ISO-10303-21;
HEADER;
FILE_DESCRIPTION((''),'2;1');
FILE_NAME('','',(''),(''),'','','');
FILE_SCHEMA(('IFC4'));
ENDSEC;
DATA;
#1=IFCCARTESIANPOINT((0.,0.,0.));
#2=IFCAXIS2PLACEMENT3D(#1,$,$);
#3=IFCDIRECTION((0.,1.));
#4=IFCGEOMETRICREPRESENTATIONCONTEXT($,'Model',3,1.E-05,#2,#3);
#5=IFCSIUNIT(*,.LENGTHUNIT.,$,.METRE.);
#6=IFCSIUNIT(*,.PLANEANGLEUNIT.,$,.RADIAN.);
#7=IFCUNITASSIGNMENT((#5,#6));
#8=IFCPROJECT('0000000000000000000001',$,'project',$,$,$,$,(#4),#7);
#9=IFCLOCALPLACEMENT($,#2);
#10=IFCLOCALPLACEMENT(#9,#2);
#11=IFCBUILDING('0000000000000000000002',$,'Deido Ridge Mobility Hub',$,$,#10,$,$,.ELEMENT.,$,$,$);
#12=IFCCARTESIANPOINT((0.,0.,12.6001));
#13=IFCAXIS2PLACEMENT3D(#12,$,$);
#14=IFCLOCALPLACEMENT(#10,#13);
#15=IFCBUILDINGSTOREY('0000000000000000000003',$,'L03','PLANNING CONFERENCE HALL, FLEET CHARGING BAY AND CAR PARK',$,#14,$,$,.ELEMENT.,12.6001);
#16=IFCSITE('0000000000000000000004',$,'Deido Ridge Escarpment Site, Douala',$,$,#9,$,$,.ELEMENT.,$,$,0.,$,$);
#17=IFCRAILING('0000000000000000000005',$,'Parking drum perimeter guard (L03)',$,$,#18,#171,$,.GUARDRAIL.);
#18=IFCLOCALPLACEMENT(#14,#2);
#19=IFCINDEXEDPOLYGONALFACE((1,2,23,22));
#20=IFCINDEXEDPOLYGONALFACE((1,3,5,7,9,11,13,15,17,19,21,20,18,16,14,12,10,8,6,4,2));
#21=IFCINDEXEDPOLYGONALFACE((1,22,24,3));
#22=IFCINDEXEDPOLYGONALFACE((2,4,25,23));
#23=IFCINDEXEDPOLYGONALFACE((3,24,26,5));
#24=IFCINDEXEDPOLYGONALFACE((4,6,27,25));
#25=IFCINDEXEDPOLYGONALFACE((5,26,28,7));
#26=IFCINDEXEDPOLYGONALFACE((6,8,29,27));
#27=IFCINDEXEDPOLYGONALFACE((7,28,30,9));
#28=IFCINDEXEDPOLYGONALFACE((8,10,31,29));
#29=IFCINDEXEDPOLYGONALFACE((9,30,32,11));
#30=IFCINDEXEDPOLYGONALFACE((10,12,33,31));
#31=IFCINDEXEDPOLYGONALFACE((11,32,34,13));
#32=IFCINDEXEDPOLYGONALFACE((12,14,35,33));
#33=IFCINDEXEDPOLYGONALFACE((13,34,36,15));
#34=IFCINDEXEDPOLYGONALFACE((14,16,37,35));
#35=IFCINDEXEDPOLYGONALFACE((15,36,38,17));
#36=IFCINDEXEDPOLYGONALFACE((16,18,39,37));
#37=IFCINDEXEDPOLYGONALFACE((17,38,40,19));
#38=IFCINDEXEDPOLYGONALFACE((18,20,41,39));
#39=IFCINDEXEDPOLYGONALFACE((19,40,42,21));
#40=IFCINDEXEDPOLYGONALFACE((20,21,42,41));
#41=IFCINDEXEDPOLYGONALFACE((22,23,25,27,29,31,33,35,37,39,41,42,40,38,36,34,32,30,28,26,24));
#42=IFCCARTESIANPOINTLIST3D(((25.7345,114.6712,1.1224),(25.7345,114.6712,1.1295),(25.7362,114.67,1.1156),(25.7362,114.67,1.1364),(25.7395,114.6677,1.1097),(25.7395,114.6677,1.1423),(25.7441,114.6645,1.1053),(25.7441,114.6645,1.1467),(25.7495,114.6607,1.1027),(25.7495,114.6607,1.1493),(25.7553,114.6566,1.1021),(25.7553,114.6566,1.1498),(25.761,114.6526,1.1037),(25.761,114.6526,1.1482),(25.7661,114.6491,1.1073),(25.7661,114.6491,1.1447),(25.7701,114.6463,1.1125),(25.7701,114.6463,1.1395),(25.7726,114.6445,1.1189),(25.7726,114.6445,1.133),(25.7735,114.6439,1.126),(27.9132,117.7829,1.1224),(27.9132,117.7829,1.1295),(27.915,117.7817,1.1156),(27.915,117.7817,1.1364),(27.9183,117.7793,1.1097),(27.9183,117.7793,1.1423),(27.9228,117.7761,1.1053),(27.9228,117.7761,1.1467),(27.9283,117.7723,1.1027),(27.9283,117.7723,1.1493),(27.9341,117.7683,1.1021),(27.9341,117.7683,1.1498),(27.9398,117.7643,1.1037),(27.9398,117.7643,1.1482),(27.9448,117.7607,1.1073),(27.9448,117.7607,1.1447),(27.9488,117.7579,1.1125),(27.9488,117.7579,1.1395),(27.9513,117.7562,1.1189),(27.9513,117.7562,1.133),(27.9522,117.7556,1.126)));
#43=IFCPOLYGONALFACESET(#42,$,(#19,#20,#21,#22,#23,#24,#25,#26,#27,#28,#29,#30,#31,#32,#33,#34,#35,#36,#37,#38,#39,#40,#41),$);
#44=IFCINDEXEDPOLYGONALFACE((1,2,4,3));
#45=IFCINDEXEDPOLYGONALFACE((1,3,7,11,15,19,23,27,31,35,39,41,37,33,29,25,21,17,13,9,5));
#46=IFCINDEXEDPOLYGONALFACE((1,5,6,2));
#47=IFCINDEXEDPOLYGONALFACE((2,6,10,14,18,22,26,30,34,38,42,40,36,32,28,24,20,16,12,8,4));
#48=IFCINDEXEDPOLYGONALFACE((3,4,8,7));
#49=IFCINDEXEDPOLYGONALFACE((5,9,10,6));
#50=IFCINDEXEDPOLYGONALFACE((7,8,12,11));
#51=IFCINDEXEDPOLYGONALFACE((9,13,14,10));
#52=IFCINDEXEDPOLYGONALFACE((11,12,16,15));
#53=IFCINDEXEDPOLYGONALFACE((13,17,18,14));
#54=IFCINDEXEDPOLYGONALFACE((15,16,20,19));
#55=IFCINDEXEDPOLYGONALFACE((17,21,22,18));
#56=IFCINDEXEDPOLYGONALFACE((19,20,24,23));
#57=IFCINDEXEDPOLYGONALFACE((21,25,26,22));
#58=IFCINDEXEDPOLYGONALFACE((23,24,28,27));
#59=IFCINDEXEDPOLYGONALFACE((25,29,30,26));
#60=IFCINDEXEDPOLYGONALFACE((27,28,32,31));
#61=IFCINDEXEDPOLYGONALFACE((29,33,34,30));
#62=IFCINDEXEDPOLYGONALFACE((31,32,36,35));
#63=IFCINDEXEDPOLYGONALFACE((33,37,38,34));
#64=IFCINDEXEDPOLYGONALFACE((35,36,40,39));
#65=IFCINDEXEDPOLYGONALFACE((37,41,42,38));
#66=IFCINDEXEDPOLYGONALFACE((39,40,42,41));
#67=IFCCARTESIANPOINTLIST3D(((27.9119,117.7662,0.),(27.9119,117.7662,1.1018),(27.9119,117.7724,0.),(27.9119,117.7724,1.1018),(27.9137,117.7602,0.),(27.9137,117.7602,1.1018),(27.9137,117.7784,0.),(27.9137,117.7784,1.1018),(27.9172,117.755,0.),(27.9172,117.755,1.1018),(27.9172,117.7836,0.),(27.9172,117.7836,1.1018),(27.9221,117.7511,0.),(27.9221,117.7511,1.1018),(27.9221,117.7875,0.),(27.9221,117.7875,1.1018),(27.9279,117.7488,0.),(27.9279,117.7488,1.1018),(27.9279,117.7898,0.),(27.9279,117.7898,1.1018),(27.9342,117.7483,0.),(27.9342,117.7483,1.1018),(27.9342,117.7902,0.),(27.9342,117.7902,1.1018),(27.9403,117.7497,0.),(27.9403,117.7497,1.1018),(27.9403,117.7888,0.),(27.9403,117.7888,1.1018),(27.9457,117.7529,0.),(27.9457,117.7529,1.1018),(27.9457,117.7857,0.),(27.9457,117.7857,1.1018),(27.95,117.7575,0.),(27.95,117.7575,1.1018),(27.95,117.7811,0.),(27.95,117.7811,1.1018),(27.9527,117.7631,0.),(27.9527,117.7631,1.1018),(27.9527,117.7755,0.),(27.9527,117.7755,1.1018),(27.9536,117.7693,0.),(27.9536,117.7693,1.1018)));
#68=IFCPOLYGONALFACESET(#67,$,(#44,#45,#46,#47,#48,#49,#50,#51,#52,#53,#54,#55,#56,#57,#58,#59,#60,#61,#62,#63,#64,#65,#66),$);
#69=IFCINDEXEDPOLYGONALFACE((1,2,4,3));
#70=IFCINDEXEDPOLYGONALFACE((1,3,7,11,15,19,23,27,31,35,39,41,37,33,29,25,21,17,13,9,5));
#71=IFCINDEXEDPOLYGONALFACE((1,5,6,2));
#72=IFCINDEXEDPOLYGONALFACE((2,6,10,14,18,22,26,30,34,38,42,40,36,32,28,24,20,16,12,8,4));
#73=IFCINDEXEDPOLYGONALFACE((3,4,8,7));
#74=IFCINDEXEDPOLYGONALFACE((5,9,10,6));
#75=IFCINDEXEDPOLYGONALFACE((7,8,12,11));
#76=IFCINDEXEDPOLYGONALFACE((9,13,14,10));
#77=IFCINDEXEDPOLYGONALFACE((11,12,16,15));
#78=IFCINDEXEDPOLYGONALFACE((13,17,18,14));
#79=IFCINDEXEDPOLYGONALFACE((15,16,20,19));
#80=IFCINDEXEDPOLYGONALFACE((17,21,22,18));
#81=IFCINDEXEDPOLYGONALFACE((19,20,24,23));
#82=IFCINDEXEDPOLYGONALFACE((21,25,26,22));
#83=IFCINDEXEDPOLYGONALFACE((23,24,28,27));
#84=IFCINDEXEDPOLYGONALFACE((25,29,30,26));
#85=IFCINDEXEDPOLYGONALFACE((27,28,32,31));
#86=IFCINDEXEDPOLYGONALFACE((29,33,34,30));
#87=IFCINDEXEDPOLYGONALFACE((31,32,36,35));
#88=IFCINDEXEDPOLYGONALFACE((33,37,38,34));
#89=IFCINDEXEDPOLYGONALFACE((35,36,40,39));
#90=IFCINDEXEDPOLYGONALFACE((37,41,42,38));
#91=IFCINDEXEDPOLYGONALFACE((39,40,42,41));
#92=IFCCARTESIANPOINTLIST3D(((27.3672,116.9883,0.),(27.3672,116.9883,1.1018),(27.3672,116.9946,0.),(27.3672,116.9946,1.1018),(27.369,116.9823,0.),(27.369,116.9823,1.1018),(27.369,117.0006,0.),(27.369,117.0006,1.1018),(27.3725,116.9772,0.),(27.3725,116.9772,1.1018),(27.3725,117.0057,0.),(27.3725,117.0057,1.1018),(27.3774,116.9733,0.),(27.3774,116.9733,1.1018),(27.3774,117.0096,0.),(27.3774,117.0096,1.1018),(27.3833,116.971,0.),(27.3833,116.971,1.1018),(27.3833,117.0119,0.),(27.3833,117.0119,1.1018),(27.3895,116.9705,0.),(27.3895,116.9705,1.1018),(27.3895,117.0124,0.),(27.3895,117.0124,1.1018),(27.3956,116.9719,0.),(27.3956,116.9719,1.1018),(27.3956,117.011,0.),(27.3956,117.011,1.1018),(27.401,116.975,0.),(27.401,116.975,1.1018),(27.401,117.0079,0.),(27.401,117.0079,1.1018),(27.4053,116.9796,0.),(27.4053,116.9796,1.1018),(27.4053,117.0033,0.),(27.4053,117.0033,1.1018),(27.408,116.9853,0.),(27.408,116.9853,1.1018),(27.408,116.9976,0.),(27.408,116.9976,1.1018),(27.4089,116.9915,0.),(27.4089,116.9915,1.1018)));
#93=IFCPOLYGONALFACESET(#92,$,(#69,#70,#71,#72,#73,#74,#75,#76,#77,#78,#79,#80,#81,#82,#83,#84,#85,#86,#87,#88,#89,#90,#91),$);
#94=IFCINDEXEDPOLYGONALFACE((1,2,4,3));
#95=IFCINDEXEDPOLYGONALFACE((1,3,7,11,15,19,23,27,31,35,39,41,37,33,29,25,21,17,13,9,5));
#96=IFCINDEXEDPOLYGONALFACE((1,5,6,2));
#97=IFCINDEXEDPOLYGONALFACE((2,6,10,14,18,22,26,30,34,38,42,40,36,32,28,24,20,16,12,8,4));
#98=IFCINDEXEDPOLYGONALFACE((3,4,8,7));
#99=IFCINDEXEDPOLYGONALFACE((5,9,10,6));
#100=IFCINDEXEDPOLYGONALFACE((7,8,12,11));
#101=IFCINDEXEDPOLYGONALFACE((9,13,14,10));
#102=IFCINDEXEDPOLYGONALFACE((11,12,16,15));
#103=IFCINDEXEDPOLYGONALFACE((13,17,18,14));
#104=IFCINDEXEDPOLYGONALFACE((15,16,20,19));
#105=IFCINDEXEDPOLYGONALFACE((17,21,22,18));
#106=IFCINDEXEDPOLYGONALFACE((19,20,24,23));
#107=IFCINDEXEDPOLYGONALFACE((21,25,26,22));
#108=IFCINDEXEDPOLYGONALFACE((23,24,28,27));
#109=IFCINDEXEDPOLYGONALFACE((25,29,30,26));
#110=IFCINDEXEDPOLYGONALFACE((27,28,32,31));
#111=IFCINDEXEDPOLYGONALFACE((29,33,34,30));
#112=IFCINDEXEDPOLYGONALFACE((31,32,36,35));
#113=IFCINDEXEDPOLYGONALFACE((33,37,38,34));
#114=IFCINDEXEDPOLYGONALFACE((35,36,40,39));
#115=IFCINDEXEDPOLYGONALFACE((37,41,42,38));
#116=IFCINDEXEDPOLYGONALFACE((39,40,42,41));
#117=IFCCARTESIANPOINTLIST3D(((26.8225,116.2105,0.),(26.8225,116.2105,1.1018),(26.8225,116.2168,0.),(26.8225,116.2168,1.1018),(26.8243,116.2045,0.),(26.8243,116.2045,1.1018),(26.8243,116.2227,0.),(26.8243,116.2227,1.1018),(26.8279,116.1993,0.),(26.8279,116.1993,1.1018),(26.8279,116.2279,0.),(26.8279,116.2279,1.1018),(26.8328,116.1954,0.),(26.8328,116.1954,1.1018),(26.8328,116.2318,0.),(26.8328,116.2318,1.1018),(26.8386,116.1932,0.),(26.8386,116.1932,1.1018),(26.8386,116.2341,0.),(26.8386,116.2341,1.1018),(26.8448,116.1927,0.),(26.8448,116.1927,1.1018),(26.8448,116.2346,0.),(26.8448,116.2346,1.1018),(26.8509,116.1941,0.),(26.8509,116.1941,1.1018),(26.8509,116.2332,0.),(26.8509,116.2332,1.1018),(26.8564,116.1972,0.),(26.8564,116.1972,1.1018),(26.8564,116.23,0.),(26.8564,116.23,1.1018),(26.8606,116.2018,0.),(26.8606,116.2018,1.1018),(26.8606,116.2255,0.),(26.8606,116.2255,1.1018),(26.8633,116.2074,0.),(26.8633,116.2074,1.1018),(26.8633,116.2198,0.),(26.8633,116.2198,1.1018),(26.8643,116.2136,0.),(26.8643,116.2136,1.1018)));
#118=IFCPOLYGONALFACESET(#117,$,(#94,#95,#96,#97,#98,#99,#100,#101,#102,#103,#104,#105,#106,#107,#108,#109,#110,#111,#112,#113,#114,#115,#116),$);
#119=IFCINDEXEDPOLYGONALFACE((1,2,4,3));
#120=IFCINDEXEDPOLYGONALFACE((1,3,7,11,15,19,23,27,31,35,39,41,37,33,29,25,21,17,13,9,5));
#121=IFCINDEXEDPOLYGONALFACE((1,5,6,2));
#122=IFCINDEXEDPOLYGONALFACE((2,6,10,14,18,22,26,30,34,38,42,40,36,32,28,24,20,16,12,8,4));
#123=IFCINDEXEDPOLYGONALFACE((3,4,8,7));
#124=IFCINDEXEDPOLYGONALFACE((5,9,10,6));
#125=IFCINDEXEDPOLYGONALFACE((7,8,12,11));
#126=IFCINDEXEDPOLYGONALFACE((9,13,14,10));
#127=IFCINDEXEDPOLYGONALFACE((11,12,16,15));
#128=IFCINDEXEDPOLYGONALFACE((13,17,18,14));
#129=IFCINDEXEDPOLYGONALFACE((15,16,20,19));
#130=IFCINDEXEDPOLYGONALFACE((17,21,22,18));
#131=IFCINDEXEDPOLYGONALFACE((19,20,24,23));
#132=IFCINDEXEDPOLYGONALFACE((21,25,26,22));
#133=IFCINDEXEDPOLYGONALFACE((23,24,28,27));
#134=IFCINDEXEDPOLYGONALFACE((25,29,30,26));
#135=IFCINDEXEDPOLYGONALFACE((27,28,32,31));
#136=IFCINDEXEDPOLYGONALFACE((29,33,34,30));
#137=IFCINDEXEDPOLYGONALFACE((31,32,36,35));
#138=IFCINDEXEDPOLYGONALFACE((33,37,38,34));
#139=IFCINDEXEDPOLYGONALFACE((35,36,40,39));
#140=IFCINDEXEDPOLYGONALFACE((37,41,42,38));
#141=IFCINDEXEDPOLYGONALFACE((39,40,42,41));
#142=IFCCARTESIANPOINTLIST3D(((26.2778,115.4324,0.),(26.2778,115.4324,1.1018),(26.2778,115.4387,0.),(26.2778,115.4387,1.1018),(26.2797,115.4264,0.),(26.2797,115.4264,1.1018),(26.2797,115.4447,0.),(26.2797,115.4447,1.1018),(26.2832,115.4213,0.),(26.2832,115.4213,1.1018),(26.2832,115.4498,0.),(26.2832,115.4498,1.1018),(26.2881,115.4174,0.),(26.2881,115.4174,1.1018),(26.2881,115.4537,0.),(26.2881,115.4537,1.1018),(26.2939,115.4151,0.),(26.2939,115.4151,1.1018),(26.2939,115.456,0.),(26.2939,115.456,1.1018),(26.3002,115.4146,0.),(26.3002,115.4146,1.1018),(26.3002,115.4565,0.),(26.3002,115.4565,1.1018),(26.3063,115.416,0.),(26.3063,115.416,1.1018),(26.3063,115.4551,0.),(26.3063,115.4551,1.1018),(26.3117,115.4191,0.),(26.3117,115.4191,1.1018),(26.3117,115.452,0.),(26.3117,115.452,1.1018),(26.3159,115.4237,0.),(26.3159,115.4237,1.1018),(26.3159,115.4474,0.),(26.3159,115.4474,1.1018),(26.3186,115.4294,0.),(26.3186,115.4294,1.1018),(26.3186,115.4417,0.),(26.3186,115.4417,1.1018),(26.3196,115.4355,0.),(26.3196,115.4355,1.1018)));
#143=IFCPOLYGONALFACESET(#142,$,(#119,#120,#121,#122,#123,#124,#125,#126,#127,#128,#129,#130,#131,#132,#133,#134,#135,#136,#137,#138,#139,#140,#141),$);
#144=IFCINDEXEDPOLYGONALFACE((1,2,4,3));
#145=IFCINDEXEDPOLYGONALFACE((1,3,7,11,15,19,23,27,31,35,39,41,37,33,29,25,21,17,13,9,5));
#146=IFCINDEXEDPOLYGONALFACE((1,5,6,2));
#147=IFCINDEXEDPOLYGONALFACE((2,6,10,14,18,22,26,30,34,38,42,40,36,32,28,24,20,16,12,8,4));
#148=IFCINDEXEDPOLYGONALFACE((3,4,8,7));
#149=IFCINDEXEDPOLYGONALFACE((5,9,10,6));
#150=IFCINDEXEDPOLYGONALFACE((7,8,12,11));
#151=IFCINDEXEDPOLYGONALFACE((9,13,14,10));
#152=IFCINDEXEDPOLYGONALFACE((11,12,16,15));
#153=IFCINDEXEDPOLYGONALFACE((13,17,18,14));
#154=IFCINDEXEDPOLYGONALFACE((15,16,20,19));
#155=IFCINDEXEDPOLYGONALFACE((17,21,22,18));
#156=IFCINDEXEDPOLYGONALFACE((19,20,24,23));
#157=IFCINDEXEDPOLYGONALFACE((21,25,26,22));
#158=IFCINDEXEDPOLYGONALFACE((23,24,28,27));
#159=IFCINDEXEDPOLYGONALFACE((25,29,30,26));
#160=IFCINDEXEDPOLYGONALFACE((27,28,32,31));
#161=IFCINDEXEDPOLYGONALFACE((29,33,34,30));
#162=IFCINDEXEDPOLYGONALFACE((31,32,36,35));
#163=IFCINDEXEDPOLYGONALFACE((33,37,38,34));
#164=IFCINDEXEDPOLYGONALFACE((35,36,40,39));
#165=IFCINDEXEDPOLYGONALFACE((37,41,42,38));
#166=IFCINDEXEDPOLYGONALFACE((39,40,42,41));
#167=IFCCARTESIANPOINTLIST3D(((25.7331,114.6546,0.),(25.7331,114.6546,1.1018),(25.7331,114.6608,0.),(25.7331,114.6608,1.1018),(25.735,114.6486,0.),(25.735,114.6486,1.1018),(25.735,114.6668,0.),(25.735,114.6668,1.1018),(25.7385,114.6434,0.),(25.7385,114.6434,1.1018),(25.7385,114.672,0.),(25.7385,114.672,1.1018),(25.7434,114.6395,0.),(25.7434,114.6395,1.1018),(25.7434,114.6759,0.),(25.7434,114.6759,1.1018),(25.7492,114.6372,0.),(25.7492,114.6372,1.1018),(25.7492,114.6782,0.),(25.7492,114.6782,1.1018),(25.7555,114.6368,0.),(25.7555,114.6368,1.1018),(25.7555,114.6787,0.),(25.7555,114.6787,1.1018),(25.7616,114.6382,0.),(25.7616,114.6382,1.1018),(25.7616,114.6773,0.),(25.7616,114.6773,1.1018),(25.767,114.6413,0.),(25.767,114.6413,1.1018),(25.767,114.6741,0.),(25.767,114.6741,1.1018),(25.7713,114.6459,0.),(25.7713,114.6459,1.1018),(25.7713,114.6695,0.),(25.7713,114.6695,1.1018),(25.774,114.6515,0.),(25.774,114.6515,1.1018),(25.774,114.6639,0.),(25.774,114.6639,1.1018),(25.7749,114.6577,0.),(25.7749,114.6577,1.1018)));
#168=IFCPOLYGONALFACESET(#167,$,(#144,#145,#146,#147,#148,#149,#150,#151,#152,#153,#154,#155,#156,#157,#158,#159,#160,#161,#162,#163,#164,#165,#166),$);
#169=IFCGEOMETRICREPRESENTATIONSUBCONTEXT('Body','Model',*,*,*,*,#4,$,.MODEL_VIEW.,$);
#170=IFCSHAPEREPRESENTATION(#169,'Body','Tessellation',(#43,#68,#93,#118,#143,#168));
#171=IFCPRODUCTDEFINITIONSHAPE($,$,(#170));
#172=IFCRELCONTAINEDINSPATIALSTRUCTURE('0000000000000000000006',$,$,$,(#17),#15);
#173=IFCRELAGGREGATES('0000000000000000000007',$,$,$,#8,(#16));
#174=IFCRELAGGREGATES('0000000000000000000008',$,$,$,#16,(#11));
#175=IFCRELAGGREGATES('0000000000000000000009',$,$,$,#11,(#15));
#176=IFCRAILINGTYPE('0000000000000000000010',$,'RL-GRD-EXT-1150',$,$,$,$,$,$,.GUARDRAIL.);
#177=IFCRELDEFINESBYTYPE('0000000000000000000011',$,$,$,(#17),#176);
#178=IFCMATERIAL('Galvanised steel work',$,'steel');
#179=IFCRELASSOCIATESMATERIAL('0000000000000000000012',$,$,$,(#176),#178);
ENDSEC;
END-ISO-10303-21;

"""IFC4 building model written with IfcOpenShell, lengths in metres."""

from ifc_helpers import new_model, si_unit, direction, frame, origin, origin_2d, place, context, subcontext, project, spatial, circle, extrude, material, type_object, element, save


model = new_model("IFC4")

# Units and contexts
model_context = context("Model", 3, precision=1e-05, world=origin(), true_north=direction((0.0, 1.0)))
body_context = subcontext(model_context, "Body", "Model", "MODEL_VIEW")
ifc_project = project(units=[si_unit("LENGTHUNIT", "METRE"), si_unit("PLANEANGLEUNIT", "RADIAN")], contexts=[model_context])

# Site, building, storey
site_placement = place(None, origin())
site = spatial("IfcSite", under=ifc_project, at=site_placement, Name="Deido Ridge Escarpment Site, Douala", CompositionType="ELEMENT", RefElevation=0.0)
building_placement = place(site_placement, origin())
building = spatial("IfcBuilding", under=site, at=building_placement, Name="Deido Ridge Mobility Hub", CompositionType="ELEMENT")
storey_placement = place(building_placement, frame((0.0, 0.0, 12.6001)))
storey = spatial("IfcBuildingStorey", under=building, at=storey_placement, Name="L03", Description="PLANNING CONFERENCE HALL, FLEET CHARGING BAY AND CAR PARK", CompositionType="ELEMENT", Elevation=12.6001)

# Railing
ifc_material_1 = material(Name="Galvanised steel work", Category="steel")
railing_type = type_object("IfcRailingType", Name="RL-GRD-EXT-1150", PredefinedType="GUARDRAIL", material=ifc_material_1)
railing_1_placement = place(storey_placement, frame((27.9326, 117.7693, 0.0)))
element("IfcRailing", 1, at=railing_1_placement, inside=storey, type_object=railing_type, Name="Parking drum perimeter guard (L03)", PredefinedType="GUARDRAIL", context=body_context, shape_type="SweptSolid", body=[
    extrude(circle(Radius=0.0239, at=origin_2d()), frame((0.0, 0.0, 1.126), z_axis=(-0.57357, -0.819156, 0.0), x_axis=(0.819156, -0.57357, 0.0)), (0.0, 0.0, 1.0), 3.7986),
    extrude(circle(Radius=0.021, at=origin_2d()), origin(), (0.0, 0.0, 1.0), 1.1018),
    extrude(circle(Radius=0.021, at=origin_2d()), frame((-0.5447, -0.7778, 0.0)), (0.0, 0.0, 1.0), 1.1018),
    extrude(circle(Radius=0.021, at=origin_2d()), frame((-1.0894, -1.5557, 0.0)), (0.0, 0.0, 1.0), 1.1018),
    extrude(circle(Radius=0.021, at=origin_2d()), frame((-1.634, -2.3337, 0.0)), (0.0, 0.0, 1.0), 1.1018),
    extrude(circle(Radius=0.021, at=origin_2d()), frame((-2.1787, -3.1116, 0.0)), (0.0, 0.0, 1.0), 1.1018),
])

save(model, "model.ifc")
